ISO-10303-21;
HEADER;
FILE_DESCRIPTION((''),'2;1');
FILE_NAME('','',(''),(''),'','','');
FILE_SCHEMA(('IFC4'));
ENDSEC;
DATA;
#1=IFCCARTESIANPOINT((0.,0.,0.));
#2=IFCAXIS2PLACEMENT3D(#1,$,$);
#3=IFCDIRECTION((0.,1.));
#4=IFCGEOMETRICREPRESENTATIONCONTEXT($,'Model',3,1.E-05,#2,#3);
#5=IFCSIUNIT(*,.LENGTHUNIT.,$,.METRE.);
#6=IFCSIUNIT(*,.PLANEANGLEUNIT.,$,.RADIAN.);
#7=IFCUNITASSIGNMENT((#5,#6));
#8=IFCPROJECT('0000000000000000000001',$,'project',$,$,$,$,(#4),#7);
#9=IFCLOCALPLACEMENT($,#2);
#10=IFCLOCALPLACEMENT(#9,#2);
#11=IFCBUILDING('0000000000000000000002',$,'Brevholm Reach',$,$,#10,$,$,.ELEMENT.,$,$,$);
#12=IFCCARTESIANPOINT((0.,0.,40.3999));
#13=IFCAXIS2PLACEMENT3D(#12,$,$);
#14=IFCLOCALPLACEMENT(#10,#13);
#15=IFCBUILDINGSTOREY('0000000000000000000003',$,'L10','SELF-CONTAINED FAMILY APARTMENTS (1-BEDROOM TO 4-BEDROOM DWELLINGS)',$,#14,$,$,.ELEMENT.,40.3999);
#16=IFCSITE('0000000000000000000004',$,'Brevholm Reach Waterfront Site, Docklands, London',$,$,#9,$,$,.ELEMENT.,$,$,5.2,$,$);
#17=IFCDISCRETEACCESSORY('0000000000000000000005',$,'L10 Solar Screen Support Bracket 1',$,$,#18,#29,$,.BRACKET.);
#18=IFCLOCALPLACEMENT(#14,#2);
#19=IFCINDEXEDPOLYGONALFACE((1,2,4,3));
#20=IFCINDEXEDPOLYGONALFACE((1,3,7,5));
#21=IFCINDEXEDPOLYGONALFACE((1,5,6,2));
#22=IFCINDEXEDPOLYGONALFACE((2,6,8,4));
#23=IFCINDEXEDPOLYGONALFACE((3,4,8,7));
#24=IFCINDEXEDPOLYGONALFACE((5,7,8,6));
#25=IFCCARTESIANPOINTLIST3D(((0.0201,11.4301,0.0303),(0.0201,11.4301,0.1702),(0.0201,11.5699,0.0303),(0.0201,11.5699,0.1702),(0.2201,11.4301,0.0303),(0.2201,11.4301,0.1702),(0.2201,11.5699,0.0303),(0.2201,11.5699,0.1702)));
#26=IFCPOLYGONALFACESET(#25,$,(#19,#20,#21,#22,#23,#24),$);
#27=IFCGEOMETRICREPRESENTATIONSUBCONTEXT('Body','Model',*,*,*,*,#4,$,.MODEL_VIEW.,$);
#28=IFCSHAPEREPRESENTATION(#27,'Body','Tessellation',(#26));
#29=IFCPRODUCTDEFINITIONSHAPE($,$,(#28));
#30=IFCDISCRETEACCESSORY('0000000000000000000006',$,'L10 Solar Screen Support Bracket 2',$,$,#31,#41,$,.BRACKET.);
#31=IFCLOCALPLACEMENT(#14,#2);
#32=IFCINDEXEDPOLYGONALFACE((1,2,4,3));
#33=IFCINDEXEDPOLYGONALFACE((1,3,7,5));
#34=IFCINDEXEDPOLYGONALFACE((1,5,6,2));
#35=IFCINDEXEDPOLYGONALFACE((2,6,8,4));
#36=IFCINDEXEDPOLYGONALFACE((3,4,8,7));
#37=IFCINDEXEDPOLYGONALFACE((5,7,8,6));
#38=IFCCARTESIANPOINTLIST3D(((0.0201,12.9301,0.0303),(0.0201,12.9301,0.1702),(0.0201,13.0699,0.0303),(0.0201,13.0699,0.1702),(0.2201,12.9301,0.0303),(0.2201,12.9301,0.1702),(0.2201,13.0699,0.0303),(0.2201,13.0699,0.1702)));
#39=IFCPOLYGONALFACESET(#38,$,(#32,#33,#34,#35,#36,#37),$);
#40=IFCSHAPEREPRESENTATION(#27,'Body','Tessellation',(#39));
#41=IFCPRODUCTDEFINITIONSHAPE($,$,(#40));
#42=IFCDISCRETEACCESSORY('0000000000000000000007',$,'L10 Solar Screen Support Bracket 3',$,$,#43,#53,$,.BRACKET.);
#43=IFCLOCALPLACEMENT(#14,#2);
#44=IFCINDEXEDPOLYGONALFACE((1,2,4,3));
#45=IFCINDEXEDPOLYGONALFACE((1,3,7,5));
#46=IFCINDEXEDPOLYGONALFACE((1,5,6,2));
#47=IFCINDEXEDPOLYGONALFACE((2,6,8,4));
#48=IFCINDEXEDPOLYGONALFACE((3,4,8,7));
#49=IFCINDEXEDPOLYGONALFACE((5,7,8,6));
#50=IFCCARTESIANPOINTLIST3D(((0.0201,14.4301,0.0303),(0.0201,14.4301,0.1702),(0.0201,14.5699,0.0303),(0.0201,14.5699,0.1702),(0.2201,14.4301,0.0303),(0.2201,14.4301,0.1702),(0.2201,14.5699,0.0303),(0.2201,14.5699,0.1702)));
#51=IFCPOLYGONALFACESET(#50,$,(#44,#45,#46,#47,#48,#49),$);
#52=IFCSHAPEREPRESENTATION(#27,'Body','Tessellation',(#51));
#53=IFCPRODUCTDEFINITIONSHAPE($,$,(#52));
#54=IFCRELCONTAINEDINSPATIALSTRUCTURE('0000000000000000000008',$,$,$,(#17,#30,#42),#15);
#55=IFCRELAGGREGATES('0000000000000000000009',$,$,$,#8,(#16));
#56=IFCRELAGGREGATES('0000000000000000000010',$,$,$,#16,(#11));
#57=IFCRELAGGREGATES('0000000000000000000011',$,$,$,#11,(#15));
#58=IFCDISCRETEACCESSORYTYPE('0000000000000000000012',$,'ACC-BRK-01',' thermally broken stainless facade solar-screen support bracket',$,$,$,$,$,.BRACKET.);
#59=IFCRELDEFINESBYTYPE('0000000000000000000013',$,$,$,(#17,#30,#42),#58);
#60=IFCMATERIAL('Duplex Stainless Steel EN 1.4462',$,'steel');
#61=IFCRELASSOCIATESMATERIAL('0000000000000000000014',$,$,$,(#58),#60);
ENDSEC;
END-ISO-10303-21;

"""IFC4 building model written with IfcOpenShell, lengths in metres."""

from ifc_helpers import new_model, si_unit, direction, frame, origin, origin_2d, place, context, subcontext, project, spatial, rectangle, extrude, material, type_object, element, save


model = new_model("IFC4")

# Units and contexts
model_context = context("Model", 3, precision=1e-05, world=origin(), true_north=direction((0.0, 1.0)))
body_context = subcontext(model_context, "Body", "Model", "MODEL_VIEW")
ifc_project = project(units=[si_unit("LENGTHUNIT", "METRE"), si_unit("PLANEANGLEUNIT", "RADIAN")], contexts=[model_context])

# Site, building, storey
site_placement = place(None, origin())
site = spatial("IfcSite", under=ifc_project, at=site_placement, Name="Brevholm Reach Waterfront Site, Docklands, London", CompositionType="ELEMENT", RefElevation=5.2)
building_placement = place(site_placement, origin())
building = spatial("IfcBuilding", under=site, at=building_placement, Name="Brevholm Reach", CompositionType="ELEMENT")
storey_placement = place(building_placement, frame((0.0, 0.0, 40.3999)))
storey = spatial("IfcBuildingStorey", under=building, at=storey_placement, Name="L10", Description="SELF-CONTAINED FAMILY APARTMENTS (1-BEDROOM TO 4-BEDROOM DWELLINGS)", CompositionType="ELEMENT", Elevation=40.3999)

# Discrete accessories
ifc_material_1 = material(Name="Duplex Stainless Steel EN 1.4462", Category="steel")
discrete_accessory_type = type_object("IfcDiscreteAccessoryType", Name="ACC-BRK-01", Description=" thermally broken stainless facade solar-screen support bracket", PredefinedType="BRACKET", material=ifc_material_1)
for number, where, z_axis, x_axis, name in (
    (1, (0.1201, 11.5, 0.0303), (0.0, 0.0, 1.0), (-1.0, 0.0, 0.0), "L10 Solar Screen Support Bracket 1"),
    (2, (0.1201, 13.0, 0.0303), (0.0, 0.0, 1.0), (-1.0, 0.0, 0.0), "L10 Solar Screen Support Bracket 2"),
    (3, (0.1201, 14.5, 0.0303), (0.0, 0.0, 1.0), (-1.0, 0.0, 0.0), "L10 Solar Screen Support Bracket 3"),
):
    element("IfcDiscreteAccessory", number, at=place(storey_placement, frame(where, z_axis=z_axis, x_axis=x_axis)), inside=storey, type_object=discrete_accessory_type, Name=name, PredefinedType="BRACKET", context=body_context, shape_type="SweptSolid", body=[
        extrude(rectangle(XDim=0.2, YDim=0.1399, at=origin_2d()), origin(), (0.0, 0.0, 1.0), 0.1399),
    ])

save(model, "model.ifc")
